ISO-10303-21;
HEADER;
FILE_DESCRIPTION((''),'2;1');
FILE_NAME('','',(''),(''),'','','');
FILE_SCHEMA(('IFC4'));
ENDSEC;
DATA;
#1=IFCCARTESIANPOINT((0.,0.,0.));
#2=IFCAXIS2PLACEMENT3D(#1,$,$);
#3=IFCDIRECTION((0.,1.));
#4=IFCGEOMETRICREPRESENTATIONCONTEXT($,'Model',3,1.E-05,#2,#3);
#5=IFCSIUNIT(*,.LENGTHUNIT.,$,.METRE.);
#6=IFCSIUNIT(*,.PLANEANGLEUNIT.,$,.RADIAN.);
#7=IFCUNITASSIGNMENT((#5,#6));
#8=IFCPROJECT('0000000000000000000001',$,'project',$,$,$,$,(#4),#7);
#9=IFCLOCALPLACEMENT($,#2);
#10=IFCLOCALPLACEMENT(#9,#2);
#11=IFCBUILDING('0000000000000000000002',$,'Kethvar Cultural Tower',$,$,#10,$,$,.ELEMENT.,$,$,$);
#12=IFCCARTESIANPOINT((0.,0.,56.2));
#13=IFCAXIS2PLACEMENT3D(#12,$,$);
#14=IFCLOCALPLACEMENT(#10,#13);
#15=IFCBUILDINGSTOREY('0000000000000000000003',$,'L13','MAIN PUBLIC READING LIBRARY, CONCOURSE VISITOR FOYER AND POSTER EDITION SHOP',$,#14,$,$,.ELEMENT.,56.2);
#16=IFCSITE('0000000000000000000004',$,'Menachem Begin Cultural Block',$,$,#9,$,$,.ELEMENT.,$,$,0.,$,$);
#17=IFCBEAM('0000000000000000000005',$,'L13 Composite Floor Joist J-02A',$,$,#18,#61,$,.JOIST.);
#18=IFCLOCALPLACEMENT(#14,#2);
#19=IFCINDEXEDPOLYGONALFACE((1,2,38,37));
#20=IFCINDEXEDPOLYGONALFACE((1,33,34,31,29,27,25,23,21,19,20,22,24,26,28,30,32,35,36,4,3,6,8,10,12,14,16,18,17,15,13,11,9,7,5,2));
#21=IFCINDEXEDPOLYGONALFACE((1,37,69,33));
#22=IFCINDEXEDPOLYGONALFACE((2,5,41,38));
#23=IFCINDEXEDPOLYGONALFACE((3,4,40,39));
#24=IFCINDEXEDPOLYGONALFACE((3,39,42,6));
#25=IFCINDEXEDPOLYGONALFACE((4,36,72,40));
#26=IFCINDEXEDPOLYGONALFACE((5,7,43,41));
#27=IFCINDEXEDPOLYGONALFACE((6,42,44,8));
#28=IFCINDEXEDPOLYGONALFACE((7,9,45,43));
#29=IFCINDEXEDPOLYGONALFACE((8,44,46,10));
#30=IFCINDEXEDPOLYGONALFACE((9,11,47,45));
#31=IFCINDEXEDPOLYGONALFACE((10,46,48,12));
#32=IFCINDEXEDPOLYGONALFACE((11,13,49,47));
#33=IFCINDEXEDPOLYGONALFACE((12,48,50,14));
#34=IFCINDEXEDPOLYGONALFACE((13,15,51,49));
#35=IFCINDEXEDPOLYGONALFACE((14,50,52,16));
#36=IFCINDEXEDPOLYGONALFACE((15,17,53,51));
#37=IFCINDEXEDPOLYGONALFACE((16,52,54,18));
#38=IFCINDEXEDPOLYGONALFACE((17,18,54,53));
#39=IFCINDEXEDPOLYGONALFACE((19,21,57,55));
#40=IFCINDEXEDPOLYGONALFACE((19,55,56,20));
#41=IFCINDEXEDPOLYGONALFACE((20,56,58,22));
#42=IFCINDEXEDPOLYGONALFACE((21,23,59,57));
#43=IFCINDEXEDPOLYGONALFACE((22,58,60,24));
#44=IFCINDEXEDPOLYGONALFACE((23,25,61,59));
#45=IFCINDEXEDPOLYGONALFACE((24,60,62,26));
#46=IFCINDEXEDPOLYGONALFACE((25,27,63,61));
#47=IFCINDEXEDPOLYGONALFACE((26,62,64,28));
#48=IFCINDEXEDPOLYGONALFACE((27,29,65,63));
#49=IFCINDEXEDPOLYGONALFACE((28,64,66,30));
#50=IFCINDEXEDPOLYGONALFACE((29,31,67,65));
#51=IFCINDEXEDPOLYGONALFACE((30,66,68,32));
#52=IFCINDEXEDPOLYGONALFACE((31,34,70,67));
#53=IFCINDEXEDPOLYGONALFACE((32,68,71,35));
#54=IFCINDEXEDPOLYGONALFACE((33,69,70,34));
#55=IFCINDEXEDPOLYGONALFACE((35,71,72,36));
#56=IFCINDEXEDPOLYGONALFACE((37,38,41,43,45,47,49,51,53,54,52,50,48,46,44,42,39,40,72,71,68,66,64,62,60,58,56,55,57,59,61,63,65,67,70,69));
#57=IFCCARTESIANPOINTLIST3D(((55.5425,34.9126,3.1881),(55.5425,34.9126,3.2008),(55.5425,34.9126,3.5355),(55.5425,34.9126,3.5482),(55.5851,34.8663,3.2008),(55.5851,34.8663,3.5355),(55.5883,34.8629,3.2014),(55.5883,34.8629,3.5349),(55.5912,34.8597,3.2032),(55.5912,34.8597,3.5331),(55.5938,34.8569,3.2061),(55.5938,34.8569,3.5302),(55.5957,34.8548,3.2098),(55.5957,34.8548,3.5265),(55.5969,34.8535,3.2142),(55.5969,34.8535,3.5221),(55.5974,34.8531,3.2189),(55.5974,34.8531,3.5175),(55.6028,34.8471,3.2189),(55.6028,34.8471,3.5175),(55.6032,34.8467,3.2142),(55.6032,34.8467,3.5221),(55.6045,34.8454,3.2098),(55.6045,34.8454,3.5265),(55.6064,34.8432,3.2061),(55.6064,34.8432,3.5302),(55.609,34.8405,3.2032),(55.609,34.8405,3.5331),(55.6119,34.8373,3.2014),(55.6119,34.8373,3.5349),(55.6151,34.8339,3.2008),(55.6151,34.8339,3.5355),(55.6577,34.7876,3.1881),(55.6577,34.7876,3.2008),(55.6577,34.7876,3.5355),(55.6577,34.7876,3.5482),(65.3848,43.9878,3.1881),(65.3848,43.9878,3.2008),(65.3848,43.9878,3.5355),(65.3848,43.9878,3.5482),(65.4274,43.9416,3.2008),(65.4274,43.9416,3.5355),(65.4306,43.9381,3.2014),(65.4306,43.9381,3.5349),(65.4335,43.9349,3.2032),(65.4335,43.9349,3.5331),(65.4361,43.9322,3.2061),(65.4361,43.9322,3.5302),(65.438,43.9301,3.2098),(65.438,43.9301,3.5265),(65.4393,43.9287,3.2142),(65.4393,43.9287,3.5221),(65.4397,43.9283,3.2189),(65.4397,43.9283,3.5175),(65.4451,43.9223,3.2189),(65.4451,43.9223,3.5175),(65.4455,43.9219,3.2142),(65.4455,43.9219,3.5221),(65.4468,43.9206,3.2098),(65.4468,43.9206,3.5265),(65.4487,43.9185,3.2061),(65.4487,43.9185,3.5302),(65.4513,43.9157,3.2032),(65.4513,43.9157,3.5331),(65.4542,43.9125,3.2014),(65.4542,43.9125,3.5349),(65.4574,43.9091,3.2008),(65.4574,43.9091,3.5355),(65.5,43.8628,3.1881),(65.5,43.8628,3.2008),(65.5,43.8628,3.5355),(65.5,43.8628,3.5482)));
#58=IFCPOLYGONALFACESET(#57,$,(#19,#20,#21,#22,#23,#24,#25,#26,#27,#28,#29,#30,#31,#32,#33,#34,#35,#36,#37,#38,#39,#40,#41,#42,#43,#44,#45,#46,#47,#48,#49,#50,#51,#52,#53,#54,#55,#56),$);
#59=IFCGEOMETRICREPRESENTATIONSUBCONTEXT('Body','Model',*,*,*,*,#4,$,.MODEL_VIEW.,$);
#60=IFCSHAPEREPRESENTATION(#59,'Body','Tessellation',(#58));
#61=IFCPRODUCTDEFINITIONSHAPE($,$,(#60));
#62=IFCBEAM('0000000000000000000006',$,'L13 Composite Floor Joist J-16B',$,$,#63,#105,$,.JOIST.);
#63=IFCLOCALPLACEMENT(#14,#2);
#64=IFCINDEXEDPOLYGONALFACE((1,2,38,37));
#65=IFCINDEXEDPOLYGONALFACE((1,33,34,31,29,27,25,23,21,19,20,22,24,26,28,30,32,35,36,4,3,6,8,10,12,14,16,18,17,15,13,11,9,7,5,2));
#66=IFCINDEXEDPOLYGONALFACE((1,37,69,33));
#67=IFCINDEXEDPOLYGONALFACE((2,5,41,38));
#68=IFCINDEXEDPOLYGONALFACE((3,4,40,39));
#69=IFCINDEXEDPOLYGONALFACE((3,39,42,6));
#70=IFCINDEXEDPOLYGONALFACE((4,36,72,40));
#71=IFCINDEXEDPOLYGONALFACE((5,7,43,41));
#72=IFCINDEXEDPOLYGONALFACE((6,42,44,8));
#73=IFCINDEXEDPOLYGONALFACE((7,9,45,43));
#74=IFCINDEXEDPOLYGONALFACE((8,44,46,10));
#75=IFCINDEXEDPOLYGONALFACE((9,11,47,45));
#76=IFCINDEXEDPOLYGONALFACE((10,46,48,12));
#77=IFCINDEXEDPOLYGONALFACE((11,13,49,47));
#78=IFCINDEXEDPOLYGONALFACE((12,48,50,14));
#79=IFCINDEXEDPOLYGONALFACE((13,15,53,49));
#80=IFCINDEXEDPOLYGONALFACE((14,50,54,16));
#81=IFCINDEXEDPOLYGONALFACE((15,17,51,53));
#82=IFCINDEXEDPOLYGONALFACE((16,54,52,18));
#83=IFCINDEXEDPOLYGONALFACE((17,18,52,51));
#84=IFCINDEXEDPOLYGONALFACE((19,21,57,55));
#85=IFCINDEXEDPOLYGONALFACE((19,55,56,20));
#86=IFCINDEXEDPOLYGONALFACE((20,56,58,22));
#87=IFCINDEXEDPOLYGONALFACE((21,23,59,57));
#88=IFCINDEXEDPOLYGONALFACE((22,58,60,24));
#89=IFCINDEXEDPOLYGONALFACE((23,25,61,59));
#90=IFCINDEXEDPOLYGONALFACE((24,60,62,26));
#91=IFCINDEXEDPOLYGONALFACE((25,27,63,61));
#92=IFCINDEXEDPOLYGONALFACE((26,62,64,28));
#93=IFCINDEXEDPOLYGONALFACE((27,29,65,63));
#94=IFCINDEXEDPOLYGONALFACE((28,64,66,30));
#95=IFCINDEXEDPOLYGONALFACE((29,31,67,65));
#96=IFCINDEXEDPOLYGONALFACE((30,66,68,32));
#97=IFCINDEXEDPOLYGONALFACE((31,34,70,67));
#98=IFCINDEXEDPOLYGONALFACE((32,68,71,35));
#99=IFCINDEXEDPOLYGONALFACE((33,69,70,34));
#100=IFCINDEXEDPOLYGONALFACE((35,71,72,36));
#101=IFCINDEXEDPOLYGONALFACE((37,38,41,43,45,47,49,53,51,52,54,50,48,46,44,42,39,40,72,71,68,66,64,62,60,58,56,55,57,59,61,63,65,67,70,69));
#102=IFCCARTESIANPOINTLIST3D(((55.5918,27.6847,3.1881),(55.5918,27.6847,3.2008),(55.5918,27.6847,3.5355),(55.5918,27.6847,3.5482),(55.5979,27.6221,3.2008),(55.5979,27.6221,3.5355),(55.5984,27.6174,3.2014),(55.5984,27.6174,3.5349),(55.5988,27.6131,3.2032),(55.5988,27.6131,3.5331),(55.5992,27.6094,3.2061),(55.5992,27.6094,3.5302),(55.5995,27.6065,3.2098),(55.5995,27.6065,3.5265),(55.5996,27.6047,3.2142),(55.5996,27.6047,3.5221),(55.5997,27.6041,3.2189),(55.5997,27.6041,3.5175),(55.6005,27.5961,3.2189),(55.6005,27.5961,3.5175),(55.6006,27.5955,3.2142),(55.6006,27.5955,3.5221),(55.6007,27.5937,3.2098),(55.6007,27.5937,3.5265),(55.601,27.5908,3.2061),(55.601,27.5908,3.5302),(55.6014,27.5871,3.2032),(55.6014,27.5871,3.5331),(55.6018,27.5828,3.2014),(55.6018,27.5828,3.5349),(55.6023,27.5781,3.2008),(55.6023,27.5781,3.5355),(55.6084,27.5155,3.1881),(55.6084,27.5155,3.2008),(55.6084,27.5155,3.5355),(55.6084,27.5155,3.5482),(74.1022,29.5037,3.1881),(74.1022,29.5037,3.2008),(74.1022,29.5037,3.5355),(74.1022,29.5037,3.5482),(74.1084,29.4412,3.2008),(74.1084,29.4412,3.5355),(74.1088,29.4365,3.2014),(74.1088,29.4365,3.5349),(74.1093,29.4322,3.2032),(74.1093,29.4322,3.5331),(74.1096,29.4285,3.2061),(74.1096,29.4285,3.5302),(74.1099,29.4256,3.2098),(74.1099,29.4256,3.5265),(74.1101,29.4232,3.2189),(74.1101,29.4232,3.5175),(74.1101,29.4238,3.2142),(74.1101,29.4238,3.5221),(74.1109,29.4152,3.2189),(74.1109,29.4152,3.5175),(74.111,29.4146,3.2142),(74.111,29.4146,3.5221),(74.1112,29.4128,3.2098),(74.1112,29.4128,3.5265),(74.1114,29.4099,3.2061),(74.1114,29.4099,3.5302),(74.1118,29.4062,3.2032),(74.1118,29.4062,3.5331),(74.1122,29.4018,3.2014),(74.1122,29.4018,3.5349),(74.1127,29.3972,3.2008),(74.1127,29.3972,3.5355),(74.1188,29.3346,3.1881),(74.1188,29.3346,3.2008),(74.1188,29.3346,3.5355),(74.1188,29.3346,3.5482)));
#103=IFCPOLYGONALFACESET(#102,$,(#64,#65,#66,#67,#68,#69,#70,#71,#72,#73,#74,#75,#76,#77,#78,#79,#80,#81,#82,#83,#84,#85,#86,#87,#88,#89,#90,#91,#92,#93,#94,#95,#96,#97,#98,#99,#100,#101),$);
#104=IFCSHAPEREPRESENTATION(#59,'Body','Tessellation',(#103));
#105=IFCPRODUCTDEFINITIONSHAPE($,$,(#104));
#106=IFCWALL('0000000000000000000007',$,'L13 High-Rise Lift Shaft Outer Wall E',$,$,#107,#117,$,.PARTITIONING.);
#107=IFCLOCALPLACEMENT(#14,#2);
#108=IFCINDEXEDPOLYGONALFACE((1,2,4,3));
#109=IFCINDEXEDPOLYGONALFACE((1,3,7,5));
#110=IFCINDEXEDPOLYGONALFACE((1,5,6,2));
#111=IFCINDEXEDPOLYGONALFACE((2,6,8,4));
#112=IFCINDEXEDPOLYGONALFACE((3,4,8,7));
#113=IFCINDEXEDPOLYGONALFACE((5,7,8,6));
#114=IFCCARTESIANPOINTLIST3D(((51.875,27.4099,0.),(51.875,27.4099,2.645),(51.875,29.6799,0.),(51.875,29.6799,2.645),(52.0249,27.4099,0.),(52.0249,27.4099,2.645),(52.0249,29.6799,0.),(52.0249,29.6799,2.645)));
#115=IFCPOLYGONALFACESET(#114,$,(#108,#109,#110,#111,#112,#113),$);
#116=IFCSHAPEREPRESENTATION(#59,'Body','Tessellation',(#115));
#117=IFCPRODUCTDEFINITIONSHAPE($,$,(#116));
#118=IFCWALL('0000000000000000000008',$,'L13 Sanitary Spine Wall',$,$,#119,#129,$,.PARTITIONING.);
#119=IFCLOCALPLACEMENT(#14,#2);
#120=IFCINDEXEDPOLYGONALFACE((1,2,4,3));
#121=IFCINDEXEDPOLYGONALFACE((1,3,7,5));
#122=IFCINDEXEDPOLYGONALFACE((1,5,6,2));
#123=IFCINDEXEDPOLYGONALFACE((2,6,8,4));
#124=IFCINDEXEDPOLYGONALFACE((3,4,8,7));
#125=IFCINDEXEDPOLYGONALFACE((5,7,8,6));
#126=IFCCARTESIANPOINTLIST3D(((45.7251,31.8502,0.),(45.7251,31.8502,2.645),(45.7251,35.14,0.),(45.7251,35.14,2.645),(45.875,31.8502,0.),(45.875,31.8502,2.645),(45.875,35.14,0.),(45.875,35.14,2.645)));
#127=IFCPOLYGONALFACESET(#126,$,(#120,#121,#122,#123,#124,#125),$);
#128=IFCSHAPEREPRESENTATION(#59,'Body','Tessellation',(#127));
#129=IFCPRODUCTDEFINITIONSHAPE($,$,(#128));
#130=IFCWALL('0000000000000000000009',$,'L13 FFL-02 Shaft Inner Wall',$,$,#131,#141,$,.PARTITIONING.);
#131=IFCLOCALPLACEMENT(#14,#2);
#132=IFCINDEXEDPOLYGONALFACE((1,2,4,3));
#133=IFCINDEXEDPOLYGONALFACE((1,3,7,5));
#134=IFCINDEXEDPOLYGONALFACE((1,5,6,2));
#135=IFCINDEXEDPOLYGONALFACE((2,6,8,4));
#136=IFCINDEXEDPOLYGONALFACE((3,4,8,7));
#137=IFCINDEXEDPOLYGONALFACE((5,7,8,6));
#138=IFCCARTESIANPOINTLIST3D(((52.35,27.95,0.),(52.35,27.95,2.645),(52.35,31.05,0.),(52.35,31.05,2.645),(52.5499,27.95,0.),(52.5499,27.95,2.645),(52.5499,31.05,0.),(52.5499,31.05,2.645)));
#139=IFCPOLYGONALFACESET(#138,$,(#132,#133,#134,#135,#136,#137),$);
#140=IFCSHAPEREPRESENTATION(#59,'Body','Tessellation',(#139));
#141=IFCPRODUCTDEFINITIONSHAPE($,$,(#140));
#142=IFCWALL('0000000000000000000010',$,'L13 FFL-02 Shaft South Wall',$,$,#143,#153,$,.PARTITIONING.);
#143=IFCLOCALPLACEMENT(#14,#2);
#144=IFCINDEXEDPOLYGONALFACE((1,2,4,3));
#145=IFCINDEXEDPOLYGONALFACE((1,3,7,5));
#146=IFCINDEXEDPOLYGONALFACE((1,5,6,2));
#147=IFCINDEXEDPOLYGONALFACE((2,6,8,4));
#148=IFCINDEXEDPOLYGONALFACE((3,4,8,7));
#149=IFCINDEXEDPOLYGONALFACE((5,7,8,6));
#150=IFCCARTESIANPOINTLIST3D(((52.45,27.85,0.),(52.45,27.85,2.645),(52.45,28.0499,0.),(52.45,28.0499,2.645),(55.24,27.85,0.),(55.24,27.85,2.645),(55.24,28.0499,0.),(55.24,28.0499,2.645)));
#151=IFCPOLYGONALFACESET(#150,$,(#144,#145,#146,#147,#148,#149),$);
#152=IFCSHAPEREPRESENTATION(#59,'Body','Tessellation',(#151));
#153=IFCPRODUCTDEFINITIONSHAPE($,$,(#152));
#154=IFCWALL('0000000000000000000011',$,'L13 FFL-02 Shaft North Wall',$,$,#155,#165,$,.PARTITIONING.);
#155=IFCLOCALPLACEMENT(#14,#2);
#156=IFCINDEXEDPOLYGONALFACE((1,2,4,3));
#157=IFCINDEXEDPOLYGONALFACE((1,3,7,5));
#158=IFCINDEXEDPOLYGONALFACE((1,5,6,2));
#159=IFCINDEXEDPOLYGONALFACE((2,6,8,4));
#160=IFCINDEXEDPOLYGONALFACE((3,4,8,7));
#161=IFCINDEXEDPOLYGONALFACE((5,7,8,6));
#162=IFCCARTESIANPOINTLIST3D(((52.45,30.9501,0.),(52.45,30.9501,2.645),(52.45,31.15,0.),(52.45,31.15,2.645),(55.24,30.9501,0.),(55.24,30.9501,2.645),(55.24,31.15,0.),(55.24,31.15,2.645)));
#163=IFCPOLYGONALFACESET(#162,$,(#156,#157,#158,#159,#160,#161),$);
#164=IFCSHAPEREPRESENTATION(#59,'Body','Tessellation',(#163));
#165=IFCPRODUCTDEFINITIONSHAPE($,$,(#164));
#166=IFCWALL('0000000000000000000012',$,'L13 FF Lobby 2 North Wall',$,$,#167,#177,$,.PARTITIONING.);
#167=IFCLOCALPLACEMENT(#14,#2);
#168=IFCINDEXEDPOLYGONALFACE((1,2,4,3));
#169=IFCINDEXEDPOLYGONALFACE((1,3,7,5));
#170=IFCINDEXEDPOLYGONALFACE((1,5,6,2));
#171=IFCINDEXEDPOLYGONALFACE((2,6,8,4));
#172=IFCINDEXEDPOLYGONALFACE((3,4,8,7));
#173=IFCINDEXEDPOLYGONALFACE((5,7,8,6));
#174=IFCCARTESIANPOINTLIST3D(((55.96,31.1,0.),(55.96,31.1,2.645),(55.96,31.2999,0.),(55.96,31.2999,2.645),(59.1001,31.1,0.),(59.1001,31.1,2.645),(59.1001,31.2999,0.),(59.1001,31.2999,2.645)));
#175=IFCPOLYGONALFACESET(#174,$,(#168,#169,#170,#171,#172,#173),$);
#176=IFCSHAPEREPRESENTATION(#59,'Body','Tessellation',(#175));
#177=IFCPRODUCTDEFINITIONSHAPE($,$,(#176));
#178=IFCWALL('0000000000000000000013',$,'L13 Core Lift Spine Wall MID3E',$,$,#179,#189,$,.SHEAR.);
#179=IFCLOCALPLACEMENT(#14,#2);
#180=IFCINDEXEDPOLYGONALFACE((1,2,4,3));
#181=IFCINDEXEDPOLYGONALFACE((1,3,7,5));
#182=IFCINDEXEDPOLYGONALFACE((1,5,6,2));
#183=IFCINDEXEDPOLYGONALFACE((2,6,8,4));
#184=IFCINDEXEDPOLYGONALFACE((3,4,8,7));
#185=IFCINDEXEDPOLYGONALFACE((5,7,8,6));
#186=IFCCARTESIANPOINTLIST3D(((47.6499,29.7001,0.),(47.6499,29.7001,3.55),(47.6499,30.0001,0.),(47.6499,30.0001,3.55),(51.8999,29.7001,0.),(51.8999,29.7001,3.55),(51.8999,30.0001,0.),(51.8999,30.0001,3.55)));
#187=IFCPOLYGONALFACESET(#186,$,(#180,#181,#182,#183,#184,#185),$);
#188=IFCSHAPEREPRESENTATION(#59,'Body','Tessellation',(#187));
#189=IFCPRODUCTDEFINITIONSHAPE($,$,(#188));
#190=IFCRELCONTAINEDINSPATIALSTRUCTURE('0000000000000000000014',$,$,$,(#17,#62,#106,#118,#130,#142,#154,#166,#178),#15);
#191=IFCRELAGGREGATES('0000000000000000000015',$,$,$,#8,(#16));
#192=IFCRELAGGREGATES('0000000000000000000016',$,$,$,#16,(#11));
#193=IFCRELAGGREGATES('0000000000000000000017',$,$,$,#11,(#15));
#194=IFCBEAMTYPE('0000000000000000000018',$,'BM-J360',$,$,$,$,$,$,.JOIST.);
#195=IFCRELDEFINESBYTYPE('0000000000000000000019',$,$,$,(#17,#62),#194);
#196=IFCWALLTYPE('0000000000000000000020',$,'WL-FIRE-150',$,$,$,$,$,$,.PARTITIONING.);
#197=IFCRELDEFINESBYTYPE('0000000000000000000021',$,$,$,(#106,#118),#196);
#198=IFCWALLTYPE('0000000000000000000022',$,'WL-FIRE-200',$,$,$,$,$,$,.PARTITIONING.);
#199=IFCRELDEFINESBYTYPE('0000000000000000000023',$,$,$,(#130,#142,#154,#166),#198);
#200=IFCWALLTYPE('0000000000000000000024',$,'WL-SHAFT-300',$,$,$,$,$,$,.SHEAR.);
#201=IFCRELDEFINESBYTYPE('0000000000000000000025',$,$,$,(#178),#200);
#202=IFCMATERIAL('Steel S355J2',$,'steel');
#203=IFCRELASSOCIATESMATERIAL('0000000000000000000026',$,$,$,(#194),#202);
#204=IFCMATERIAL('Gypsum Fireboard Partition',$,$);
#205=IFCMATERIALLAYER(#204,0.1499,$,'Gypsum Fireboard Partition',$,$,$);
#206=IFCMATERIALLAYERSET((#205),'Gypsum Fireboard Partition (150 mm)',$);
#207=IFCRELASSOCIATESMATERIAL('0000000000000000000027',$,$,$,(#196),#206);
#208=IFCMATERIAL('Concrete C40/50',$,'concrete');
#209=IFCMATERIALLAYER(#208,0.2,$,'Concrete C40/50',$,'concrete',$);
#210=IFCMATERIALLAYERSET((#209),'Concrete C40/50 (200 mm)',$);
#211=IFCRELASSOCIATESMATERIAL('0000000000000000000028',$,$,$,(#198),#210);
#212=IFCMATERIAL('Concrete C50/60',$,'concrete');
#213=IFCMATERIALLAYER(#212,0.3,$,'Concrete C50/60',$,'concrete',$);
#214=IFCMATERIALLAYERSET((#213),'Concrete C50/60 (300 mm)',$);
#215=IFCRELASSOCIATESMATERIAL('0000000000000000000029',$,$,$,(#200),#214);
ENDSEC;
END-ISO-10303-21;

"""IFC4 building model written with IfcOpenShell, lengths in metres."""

from ifc_helpers import new_model, si_unit, direction, frame, frame_2d, origin, origin_2d, place, context, subcontext, project, spatial, rectangle, i_section, extrude, source, transform, mapped, material, layer, layer_set, material_profile, profile_set, type_object, element, save


model = new_model("IFC4")

# Units and contexts
model_context = context("Model", 3, precision=1e-05, world=origin(), true_north=direction((0.0, 1.0)))
body_context = subcontext(model_context, "Body", "Model", "MODEL_VIEW")
ifc_project = project(units=[si_unit("LENGTHUNIT", "METRE"), si_unit("PLANEANGLEUNIT", "RADIAN")], contexts=[model_context])

# Site, building, storey
site_placement = place(None, origin())
site = spatial("IfcSite", under=ifc_project, at=site_placement, Name="Menachem Begin Cultural Block", CompositionType="ELEMENT", RefElevation=0.0)
building_placement = place(site_placement, origin())
building = spatial("IfcBuilding", under=site, at=building_placement, Name="Kethvar Cultural Tower", CompositionType="ELEMENT")
storey_placement = place(building_placement, frame((0.0, 0.0, 56.2)))
storey = spatial("IfcBuildingStorey", under=building, at=storey_placement, Name="L13", Description="MAIN PUBLIC READING LIBRARY, CONCOURSE VISITOR FOYER AND POSTER EDITION SHOP", CompositionType="ELEMENT", Elevation=56.2)

# Beams
ifc_material_1 = material(Name="Steel S355J2", Category="steel")
ifc_material_profile_1 = material_profile(ifc_material_1, i_section(OverallWidth=0.1699, OverallDepth=0.3601, WebThickness=0.0081, FlangeThickness=0.0127, FilletRadius=0.0181, at=origin_2d()), Name="Steel S355J2 — IPE360")
ifc_profile_set_1 = profile_set([ifc_material_profile_1], Name="Steel S355J2 — IPE360")
beam_type_1 = type_object("IfcBeamType", Name="BM-J360", PredefinedType="JOIST", material=ifc_profile_set_1)
shared_shape_1 = source(origin(), body_context, "Body", "SweptSolid", [
    extrude(i_section(OverallWidth=0.1699, OverallDepth=0.3601, WebThickness=0.0081, FlangeThickness=0.0127, FilletRadius=0.0181, at=origin_2d()), origin(), (0.0, 0.0, 1.0), 13.3877),
])
beam_1_placement = place(storey_placement, frame((55.6001, 34.8501, 3.3682), z_axis=(0.735175, 0.677877, 0.0), x_axis=(-0.677877, 0.735175, 0.0)))
element("IfcBeam", 1, at=beam_1_placement, inside=storey, type_object=beam_type_1, Name="L13 Composite Floor Joist J-02A", PredefinedType="JOIST", context=body_context, shape_type="MappedRepresentation", body=[
    mapped(shared_shape_1, transform((0.0, 0.0, 0.0), scale=1.0)),
])
shared_shape_2 = source(origin(), body_context, "Body", "SweptSolid", [
    extrude(i_section(OverallWidth=0.1699, OverallDepth=0.3601, WebThickness=0.0081, FlangeThickness=0.0127, FilletRadius=0.0181, at=origin_2d()), origin(), (0.0, 0.0, 1.0), 18.5996),
])
beam_2_placement = place(storey_placement, frame((55.6001, 27.6001, 3.3682), z_axis=(0.995206, 0.097802, 0.0), x_axis=(-0.097802, 0.995206, 0.0)))
element("IfcBeam", 2, at=beam_2_placement, inside=storey, type_object=beam_type_1, Name="L13 Composite Floor Joist J-16B", PredefinedType="JOIST", context=body_context, shape_type="MappedRepresentation", body=[
    mapped(shared_shape_2, transform((0.0, 0.0, 0.0), scale=1.0)),
])

# Walls
ifc_material_2 = material(Name="Gypsum Fireboard Partition")
ifc_layer_1 = layer(ifc_material_2, 0.1499, Name="Gypsum Fireboard Partition")
ifc_layer_set_1 = layer_set([ifc_layer_1], Name="Gypsum Fireboard Partition (150 mm)")
wall_type_1 = type_object("IfcWallType", Name="WL-FIRE-150", PredefinedType="PARTITIONING", material=ifc_layer_set_1)
wall_1_placement = place(storey_placement, frame((51.95, 27.4099, 0.0), z_axis=(0.0, 0.0, 1.0), x_axis=(0.0, 1.0, 0.0)))
element("IfcWall", 3, at=wall_1_placement, inside=storey, type_object=wall_type_1, Name="L13 High-Rise Lift Shaft Outer Wall E", PredefinedType="PARTITIONING", context=body_context, shape_type="SweptSolid", body=[
    extrude(rectangle(XDim=2.27, YDim=0.1499, at=frame_2d((1.135, 0.0))), origin(), (0.0, 0.0, 1.0), 2.645),
])
wall_2_placement = place(storey_placement, frame((45.8, 31.8501, 0.0), z_axis=(0.0, 0.0, 1.0), x_axis=(0.0, 1.0, 0.0)))
element("IfcWall", 4, at=wall_2_placement, inside=storey, type_object=wall_type_1, Name="L13 Sanitary Spine Wall", PredefinedType="PARTITIONING", context=body_context, shape_type="SweptSolid", body=[
    extrude(rectangle(XDim=3.2898, YDim=0.1499, at=frame_2d((1.645, 0.0))), origin(), (0.0, 0.0, 1.0), 2.645),
])
ifc_material_3 = material(Name="Concrete C40/50", Category="concrete")
ifc_layer_2 = layer(ifc_material_3, 0.2, Name="Concrete C40/50", Category="concrete")
ifc_layer_set_2 = layer_set([ifc_layer_2], Name="Concrete C40/50 (200 mm)")
wall_type_2 = type_object("IfcWallType", Name="WL-FIRE-200", PredefinedType="PARTITIONING", material=ifc_layer_set_2)
wall_3_placement = place(storey_placement, frame((52.45, 27.95, 0.0), z_axis=(0.0, 0.0, 1.0), x_axis=(0.0, 1.0, 0.0)))
element("IfcWall", 5, at=wall_3_placement, inside=storey, type_object=wall_type_2, Name="L13 FFL-02 Shaft Inner Wall", PredefinedType="PARTITIONING", context=body_context, shape_type="SweptSolid", body=[
    extrude(rectangle(XDim=3.1001, YDim=0.2, at=frame_2d((1.55, 0.0))), origin(), (0.0, 0.0, 1.0), 2.645),
])
for number, where, z_axis, x_axis, name in (
    (6, (52.45, 27.95, 0.0), (0.0, 0.0, 1.0), (1.0, 0.0, 0.0), "L13 FFL-02 Shaft South Wall"),
    (7, (52.45, 31.05, 0.0), (0.0, 0.0, 1.0), (1.0, 0.0, 0.0), "L13 FFL-02 Shaft North Wall"),
):
    element("IfcWall", number, at=place(storey_placement, frame(where, z_axis=z_axis, x_axis=x_axis)), inside=storey, type_object=wall_type_2, Name=name, PredefinedType="PARTITIONING", context=body_context, shape_type="SweptSolid", body=[
        extrude(rectangle(XDim=2.79, YDim=0.2, at=frame_2d((1.395, 0.0))), origin(), (0.0, 0.0, 1.0), 2.645),
    ])
wall_4_placement = place(storey_placement, frame((55.96, 31.2, 0.0), z_axis=(0.0, 0.0, 1.0), x_axis=(1.0, 0.0, 0.0)))
element("IfcWall", 8, at=wall_4_placement, inside=storey, type_object=wall_type_2, Name="L13 FF Lobby 2 North Wall", PredefinedType="PARTITIONING", context=body_context, shape_type="SweptSolid", body=[
    extrude(rectangle(XDim=3.1401, YDim=0.2, at=frame_2d((1.5701, 0.0))), origin(), (0.0, 0.0, 1.0), 2.645),
])
ifc_material_4 = material(Name="Concrete C50/60", Category="concrete")
ifc_layer_3 = layer(ifc_material_4, 0.3, Name="Concrete C50/60", Category="concrete")
ifc_layer_set_3 = layer_set([ifc_layer_3], Name="Concrete C50/60 (300 mm)")
wall_type_3 = type_object("IfcWallType", Name="WL-SHAFT-300", PredefinedType="SHEAR", material=ifc_layer_set_3)
wall_5_placement = place(storey_placement, frame((47.6499, 29.8501, 0.0), z_axis=(0.0, 0.0, 1.0), x_axis=(1.0, 0.0, 0.0)))
element("IfcWall", 9, at=wall_5_placement, inside=storey, type_object=wall_type_3, Name="L13 Core Lift Spine Wall MID3E", PredefinedType="SHEAR", context=body_context, shape_type="SweptSolid", body=[
    extrude(rectangle(XDim=4.25, YDim=0.3, at=frame_2d((2.125, 0.0))), origin(), (0.0, 0.0, 1.0), 3.55),
])

save(model, "model.ifc")
